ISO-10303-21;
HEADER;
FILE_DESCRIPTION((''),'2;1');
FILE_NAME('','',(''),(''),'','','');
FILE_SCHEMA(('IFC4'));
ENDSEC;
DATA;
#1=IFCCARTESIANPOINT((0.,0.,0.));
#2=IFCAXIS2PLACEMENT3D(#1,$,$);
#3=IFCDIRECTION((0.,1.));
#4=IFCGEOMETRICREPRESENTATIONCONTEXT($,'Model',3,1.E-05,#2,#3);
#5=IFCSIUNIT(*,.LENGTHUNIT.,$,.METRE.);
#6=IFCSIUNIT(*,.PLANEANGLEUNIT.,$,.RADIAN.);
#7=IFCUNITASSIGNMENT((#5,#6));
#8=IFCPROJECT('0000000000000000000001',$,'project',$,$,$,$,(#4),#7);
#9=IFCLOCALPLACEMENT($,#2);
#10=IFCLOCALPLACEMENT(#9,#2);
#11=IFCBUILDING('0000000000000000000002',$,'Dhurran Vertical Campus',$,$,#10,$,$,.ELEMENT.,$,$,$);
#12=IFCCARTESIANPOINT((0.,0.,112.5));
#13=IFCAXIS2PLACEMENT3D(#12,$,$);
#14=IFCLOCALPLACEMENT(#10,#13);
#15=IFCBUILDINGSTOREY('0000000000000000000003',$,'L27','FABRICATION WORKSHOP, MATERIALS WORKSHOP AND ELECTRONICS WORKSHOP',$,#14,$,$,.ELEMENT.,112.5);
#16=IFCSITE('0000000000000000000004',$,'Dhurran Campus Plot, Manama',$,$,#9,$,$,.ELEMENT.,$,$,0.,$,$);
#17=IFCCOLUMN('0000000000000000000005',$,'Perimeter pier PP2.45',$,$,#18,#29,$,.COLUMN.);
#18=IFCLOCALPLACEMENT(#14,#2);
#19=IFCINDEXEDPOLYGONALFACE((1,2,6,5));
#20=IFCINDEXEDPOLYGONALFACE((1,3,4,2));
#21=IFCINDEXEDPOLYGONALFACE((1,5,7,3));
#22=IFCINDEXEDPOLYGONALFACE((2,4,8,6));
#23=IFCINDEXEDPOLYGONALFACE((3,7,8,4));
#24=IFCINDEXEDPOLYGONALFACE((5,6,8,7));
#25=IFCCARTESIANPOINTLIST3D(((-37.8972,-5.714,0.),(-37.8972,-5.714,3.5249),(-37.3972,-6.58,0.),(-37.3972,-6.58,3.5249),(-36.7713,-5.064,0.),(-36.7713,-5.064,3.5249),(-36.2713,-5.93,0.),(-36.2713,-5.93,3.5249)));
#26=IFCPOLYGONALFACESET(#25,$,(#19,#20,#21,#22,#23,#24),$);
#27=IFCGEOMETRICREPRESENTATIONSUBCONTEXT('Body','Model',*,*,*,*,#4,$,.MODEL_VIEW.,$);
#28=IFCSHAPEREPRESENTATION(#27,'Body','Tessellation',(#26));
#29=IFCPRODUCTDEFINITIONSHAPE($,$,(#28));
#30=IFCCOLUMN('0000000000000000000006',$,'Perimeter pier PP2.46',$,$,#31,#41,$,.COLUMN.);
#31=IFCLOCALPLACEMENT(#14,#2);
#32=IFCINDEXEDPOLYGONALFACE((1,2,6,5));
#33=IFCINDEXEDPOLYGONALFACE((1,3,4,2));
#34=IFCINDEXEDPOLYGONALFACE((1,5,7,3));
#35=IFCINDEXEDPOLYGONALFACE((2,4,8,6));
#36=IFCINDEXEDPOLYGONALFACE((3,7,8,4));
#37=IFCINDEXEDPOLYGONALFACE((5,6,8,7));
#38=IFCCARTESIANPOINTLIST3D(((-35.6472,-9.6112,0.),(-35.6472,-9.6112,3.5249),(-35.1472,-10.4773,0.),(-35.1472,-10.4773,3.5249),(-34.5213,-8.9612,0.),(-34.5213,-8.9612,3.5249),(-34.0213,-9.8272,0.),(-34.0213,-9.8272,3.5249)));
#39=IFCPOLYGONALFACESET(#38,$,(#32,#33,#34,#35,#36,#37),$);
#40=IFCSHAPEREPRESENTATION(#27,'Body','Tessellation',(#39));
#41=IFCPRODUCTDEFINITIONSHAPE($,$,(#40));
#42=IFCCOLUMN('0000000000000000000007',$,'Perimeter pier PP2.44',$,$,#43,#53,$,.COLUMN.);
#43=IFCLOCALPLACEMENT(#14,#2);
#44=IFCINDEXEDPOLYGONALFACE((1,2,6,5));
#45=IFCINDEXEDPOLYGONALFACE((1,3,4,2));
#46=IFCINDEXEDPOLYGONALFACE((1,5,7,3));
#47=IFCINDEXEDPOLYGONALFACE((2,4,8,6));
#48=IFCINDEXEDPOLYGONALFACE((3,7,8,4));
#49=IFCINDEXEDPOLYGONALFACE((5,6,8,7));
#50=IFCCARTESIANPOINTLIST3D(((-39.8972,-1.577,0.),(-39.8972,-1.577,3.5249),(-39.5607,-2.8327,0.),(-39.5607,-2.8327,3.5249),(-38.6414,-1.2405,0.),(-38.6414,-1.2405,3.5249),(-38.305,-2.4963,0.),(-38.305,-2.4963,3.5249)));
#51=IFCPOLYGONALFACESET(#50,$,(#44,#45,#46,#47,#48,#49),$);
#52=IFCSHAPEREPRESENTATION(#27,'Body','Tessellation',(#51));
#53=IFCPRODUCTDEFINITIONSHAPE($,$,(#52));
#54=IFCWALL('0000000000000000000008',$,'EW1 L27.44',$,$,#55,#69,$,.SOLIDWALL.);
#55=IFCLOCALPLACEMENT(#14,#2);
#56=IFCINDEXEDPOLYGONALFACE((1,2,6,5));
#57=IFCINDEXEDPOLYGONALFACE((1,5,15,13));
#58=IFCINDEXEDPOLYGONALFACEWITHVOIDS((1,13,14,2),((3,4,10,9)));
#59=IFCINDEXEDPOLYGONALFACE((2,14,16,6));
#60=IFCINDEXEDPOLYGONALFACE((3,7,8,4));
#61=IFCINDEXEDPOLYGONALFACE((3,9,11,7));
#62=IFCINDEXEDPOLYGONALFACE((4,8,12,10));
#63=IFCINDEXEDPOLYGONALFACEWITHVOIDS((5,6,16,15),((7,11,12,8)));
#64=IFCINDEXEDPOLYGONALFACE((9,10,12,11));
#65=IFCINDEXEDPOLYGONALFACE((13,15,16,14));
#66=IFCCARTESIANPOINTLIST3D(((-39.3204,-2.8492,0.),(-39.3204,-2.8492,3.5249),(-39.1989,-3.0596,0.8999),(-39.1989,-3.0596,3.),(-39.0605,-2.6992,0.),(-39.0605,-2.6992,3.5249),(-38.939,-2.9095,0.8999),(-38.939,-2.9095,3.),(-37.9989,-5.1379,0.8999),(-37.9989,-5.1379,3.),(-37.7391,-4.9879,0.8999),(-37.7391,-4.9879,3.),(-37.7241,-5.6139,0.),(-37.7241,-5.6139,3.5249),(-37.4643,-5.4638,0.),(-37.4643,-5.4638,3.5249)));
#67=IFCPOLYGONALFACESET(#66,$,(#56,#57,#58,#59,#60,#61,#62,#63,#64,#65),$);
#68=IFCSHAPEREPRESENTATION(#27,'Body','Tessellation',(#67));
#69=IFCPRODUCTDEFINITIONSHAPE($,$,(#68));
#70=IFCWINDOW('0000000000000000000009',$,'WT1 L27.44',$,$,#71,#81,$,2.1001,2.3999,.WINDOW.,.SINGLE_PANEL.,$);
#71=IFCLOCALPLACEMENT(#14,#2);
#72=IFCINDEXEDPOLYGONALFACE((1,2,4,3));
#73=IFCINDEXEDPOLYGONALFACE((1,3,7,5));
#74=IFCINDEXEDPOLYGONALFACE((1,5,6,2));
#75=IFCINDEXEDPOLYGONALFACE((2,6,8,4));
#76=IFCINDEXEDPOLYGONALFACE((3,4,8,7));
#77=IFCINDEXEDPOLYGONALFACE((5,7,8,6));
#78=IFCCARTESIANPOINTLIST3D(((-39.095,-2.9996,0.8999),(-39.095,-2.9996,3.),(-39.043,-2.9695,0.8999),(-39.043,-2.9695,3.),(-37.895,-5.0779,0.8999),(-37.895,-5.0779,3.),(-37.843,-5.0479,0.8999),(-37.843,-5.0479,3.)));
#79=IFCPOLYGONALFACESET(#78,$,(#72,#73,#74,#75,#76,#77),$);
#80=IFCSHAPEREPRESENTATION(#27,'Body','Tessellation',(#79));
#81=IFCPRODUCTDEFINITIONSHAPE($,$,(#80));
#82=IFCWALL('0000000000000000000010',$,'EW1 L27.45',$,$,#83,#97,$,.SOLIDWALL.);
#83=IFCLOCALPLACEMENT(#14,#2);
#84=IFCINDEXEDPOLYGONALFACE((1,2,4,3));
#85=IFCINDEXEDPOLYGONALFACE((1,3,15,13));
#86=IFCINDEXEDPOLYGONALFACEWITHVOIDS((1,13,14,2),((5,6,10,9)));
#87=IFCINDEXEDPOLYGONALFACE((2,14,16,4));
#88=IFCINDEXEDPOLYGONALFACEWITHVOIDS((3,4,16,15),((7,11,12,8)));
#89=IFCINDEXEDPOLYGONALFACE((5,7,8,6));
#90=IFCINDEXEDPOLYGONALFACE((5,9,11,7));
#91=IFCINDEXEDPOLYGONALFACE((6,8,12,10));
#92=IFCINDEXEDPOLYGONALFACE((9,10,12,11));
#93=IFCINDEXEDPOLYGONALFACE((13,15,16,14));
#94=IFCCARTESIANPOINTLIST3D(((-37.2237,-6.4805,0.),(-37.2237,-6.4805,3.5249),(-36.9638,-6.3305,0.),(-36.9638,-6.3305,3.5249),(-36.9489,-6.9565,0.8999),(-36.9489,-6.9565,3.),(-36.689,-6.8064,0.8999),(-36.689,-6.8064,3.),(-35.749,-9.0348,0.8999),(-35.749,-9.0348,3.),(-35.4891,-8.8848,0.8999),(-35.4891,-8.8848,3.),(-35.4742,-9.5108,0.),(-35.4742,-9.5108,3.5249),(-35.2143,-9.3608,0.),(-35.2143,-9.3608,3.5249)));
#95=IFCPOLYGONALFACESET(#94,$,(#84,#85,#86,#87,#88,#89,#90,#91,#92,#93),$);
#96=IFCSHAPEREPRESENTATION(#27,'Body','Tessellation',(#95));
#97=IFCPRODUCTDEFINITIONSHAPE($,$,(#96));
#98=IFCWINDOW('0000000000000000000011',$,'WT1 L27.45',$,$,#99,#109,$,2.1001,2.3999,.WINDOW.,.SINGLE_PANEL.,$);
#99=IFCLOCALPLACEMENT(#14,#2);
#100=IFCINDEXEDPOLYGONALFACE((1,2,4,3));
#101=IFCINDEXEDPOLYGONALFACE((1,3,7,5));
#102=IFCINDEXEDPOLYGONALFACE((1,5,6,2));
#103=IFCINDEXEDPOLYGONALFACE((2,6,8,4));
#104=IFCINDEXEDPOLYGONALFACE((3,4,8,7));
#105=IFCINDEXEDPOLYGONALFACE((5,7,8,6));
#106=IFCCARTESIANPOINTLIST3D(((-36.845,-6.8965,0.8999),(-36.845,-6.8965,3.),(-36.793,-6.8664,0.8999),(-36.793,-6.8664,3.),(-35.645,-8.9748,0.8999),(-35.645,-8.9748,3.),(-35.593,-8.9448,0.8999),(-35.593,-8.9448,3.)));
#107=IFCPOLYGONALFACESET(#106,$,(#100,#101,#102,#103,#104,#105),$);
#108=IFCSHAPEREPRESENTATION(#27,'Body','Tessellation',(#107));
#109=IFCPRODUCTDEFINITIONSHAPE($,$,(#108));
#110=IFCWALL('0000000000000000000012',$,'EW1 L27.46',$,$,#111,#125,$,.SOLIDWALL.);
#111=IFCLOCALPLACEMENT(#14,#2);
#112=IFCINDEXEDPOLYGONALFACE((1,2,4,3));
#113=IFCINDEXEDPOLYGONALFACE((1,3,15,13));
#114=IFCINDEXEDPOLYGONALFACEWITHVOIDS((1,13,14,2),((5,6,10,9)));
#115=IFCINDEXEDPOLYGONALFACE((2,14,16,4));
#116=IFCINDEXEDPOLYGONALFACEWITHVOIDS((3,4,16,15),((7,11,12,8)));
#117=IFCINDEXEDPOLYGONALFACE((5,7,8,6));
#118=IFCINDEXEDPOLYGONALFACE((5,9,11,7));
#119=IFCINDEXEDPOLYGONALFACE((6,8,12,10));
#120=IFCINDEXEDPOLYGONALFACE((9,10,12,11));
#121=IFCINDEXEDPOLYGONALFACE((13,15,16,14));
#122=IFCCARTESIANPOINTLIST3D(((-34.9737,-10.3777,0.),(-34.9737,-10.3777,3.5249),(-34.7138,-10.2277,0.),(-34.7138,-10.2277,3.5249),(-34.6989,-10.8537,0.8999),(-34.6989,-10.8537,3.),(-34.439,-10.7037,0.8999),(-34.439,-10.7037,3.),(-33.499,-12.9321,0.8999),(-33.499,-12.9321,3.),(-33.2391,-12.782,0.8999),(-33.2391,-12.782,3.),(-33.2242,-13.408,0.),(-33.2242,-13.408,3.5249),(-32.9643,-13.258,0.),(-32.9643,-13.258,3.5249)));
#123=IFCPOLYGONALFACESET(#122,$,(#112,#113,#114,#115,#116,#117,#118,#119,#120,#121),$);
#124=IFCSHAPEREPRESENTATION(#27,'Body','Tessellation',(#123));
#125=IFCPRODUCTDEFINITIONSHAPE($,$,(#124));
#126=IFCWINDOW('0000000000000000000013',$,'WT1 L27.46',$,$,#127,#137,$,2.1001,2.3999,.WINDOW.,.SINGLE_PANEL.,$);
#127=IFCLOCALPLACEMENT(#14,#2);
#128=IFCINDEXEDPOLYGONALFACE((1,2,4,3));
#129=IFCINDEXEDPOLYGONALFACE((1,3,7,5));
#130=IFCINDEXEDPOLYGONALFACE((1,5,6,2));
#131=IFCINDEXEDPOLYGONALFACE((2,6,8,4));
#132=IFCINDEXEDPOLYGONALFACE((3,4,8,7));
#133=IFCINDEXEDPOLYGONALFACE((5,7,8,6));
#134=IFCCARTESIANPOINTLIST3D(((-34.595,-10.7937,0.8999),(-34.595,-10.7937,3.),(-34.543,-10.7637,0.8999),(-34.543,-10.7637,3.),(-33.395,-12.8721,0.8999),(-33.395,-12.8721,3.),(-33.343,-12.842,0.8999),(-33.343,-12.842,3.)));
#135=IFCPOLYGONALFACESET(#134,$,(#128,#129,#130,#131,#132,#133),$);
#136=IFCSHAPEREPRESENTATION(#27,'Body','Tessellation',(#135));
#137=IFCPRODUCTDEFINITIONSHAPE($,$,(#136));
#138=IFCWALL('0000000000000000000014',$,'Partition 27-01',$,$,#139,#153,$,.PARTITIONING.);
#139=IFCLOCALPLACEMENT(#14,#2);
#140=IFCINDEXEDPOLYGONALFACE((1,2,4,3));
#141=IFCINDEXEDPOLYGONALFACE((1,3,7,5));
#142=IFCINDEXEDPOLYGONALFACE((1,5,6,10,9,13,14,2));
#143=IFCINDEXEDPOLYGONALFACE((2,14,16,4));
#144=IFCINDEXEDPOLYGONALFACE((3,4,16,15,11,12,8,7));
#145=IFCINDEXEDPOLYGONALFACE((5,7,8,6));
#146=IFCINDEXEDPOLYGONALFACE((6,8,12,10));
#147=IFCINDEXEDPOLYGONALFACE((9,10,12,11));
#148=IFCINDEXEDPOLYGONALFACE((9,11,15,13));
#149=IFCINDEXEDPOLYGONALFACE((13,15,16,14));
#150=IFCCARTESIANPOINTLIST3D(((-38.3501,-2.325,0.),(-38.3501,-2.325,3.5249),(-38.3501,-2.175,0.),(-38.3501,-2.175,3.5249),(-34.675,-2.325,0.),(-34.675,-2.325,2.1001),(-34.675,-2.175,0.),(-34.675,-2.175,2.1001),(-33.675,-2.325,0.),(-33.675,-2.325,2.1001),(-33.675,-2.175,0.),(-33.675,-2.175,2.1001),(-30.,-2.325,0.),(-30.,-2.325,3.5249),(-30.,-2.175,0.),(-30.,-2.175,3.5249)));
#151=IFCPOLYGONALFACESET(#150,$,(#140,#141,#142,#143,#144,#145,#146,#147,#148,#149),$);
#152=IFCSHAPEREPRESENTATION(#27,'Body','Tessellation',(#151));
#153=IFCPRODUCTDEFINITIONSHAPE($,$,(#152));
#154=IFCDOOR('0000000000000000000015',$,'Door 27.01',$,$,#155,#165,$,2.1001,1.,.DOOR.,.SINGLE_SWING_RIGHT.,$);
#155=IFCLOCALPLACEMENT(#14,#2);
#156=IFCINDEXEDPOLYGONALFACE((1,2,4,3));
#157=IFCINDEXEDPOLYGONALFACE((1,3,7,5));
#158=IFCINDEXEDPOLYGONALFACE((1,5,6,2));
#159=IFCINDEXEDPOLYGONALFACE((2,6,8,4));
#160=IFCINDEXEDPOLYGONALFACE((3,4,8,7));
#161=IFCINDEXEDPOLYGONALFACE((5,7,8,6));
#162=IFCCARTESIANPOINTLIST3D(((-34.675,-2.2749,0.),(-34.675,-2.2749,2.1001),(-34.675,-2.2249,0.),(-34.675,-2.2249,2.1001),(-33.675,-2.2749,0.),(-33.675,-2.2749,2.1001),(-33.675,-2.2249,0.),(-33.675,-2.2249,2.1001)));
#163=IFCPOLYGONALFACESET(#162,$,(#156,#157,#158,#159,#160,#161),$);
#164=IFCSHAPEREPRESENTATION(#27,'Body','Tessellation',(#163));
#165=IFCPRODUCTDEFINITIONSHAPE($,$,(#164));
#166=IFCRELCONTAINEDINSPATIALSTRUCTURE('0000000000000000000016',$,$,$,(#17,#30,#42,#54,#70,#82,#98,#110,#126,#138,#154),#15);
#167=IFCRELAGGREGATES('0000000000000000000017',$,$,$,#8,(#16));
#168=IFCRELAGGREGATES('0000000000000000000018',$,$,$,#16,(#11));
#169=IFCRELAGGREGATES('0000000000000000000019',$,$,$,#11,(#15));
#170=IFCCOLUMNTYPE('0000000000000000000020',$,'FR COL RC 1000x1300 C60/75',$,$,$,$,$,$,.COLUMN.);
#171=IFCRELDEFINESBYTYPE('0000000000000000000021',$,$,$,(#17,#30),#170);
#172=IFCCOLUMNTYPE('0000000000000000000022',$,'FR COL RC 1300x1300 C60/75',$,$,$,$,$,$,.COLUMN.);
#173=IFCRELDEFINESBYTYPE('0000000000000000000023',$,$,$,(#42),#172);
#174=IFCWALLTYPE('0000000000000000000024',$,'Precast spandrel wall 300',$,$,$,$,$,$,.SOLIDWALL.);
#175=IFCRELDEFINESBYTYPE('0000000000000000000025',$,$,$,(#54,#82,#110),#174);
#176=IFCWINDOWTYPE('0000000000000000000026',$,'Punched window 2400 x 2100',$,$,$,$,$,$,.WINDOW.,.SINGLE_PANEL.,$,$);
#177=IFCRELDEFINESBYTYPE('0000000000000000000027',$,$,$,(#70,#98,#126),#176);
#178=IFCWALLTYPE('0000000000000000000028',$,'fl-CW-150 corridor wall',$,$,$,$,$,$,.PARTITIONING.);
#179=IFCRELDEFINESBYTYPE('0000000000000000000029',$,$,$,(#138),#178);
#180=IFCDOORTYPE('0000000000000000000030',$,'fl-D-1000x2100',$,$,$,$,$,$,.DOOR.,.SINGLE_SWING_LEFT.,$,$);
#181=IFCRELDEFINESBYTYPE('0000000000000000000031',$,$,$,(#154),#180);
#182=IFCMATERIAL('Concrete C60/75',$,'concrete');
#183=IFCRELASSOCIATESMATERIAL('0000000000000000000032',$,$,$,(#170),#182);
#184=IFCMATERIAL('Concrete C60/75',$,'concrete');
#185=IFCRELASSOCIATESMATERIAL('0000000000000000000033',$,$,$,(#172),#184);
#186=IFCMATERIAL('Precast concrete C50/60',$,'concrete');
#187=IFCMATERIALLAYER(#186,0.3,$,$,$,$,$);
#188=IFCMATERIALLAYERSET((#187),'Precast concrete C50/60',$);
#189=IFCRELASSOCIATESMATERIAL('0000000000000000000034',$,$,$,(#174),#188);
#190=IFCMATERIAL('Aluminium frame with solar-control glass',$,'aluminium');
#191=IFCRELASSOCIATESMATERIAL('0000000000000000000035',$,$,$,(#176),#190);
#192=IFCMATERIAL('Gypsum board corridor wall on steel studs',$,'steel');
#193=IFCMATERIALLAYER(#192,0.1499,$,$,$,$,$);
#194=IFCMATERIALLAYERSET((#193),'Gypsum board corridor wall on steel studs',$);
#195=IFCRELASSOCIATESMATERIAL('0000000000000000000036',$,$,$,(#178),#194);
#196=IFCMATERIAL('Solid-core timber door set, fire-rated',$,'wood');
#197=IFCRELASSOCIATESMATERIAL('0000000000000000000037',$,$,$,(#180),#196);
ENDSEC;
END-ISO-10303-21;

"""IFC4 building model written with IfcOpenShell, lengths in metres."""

from ifc_helpers import new_model, si_unit, direction, frame, frame_2d, origin, origin_2d, place, context, subcontext, project, spatial, rectangle, extrude, material, layer, layer_set, material_profile, profile_set, type_object, element, fill, save


model = new_model("IFC4")

# Units and contexts
model_context = context("Model", 3, precision=1e-05, world=origin(), true_north=direction((0.0, 1.0)))
body_context = subcontext(model_context, "Body", "Model", "MODEL_VIEW")
ifc_project = project(units=[si_unit("LENGTHUNIT", "METRE"), si_unit("PLANEANGLEUNIT", "RADIAN")], contexts=[model_context])

# Site, building, storey
site_placement = place(None, origin())
site = spatial("IfcSite", under=ifc_project, at=site_placement, Name="Dhurran Campus Plot, Manama", CompositionType="ELEMENT", RefElevation=0.0)
building_placement = place(site_placement, origin())
building = spatial("IfcBuilding", under=site, at=building_placement, Name="Dhurran Vertical Campus", CompositionType="ELEMENT")
storey_placement = place(building_placement, frame((0.0, 0.0, 112.5)))
storey = spatial("IfcBuildingStorey", under=building, at=storey_placement, Name="L27", Description="FABRICATION WORKSHOP, MATERIALS WORKSHOP AND ELECTRONICS WORKSHOP", CompositionType="ELEMENT", Elevation=112.5)

# Columns
ifc_material_1 = material(Name="Concrete C60/75", Category="concrete")
ifc_material_profile_1 = material_profile(ifc_material_1, rectangle(XDim=1.0, YDim=1.3, at=origin_2d()), Name="RC 1000x1300")
ifc_profile_set_1 = profile_set([ifc_material_profile_1], Name="Concrete C60/75")
column_type_1 = type_object("IfcColumnType", Name="FR COL RC 1000x1300 C60/75", PredefinedType="COLUMN", material=ifc_profile_set_1)
for number, where, z_axis, x_axis, name in (
    (1, (-37.0842, -5.822, 0.0), (0.0, 0.0, 1.0), (0.5, -0.866025, 0.0), "Perimeter pier PP2.45"),
    (2, (-34.8342, -9.7192, 0.0), (0.0, 0.0, 1.0), (0.5, -0.866025, 0.0), "Perimeter pier PP2.46"),
):
    element("IfcColumn", number, at=place(storey_placement, frame(where, z_axis=z_axis, x_axis=x_axis)), inside=storey, type_object=column_type_1, Name=name, PredefinedType="COLUMN", context=body_context, shape_type="SweptSolid", body=[
        extrude(rectangle(XDim=1.0, YDim=1.3, at=origin_2d()), origin(), (0.0, 0.0, 1.0), 3.5249),
    ])
ifc_material_2 = material(Name="Concrete C60/75", Category="concrete")
ifc_material_profile_2 = material_profile(ifc_material_2, rectangle(XDim=1.3, YDim=1.3, at=origin_2d()), Name="RC 1300x1300")
ifc_profile_set_2 = profile_set([ifc_material_profile_2], Name="Concrete C60/75")
column_type_2 = type_object("IfcColumnType", Name="FR COL RC 1300x1300 C60/75", PredefinedType="COLUMN", material=ifc_profile_set_2)
column_placement = place(storey_placement, frame((-39.1011, -2.0366, 0.0), z_axis=(0.0, 0.0, 1.0), x_axis=(0.258819, -0.965926, 0.0)))
element("IfcColumn", 3, at=column_placement, inside=storey, type_object=column_type_2, Name="Perimeter pier PP2.44", PredefinedType="COLUMN", context=body_context, shape_type="SweptSolid", body=[
    extrude(rectangle(XDim=1.3, YDim=1.3, at=origin_2d()), origin(), (0.0, 0.0, 1.0), 3.5249),
])

# Walls, openings, windows
ifc_material_3 = material(Name="Precast concrete C50/60", Category="concrete")
ifc_layer_1 = layer(ifc_material_3, 0.3)
ifc_layer_set_1 = layer_set([ifc_layer_1], Name="Precast concrete C50/60")
wall_type_1 = type_object("IfcWallType", Name="Precast spandrel wall 300", PredefinedType="SOLIDWALL", material=ifc_layer_set_1)
wall_1_placement = place(storey_placement, frame((-39.1904, -2.7742, 0.0), z_axis=(0.0, 0.0, 1.0), x_axis=(0.500005, -0.866023, 0.0)))
wall_1 = element("IfcWall", 4, at=wall_1_placement, inside=storey, type_object=wall_type_1, Name="EW1 L27.44", PredefinedType="SOLIDWALL", context=body_context, shape_type="SweptSolid", body=[
    extrude(rectangle(XDim=3.1924, YDim=0.3, at=frame_2d((1.5962, 0.0))), origin(), (0.0, 0.0, 1.0), 3.5249),
])
opening_1_placement = place(wall_1_placement, frame((0.2429, 0.0, 0.8999)))
opening_1 = element("IfcOpeningElement", 5, at=opening_1_placement, cuts=wall_1, PredefinedType="OPENING", context=body_context, shape_type="SweptSolid", body=[
    extrude(rectangle(XDim=2.3999, YDim=2.1001, at=frame_2d((1.2, 1.05))), frame((0.0, 0.1599, 0.0), z_axis=(0.0, -1.0, 0.0), x_axis=(1.0, 0.0, 0.0)), (0.0, 0.0, 1.0), 0.3201),
])
ifc_material_4 = material(Name="Aluminium frame with solar-control glass", Category="aluminium")
window_type = type_object("IfcWindowType", Name="Punched window 2400 x 2100", PartitioningType="SINGLE_PANEL", PredefinedType="WINDOW", material=ifc_material_4)
window_1_placement = place(opening_1_placement, origin())
window_1 = element("IfcWindow", 6, at=window_1_placement, inside=storey, type_object=window_type, Name="WT1 L27.44", OverallHeight=2.1001, OverallWidth=2.3999, PartitioningType="SINGLE_PANEL", PredefinedType="WINDOW", context=body_context, shape_type="SweptSolid", body=[
    extrude(rectangle(XDim=2.3999, YDim=2.1001, at=frame_2d((1.2, 1.05))), frame((0.0, 0.03, 0.0), z_axis=(0.0, -1.0, 0.0), x_axis=(1.0, 0.0, 0.0)), (0.0, 0.0, 1.0), 0.0601),
])
fill(opening_1, window_1)
wall_2_placement = place(storey_placement, frame((-37.0938, -6.4055, 0.0), z_axis=(0.0, 0.0, 1.0), x_axis=(0.499996, -0.866028, 0.0)))
wall_2 = element("IfcWall", 7, at=wall_2_placement, inside=storey, type_object=wall_type_1, Name="EW1 L27.45", PredefinedType="SOLIDWALL", context=body_context, shape_type="SweptSolid", body=[
    extrude(rectangle(XDim=3.499, YDim=0.3, at=frame_2d((1.7495, 0.0))), origin(), (0.0, 0.0, 1.0), 3.5249),
])
opening_2_placement = place(wall_2_placement, frame((0.5496, 0.0, 0.8999)))
opening_2 = element("IfcOpeningElement", 8, at=opening_2_placement, cuts=wall_2, PredefinedType="OPENING", context=body_context, shape_type="SweptSolid", body=[
    extrude(rectangle(XDim=2.3999, YDim=2.1001, at=frame_2d((1.2, 1.05))), frame((0.0, 0.1599, 0.0), z_axis=(0.0, -1.0, 0.0), x_axis=(1.0, 0.0, 0.0)), (0.0, 0.0, 1.0), 0.3201),
])
window_2_placement = place(opening_2_placement, origin())
window_2 = element("IfcWindow", 9, at=window_2_placement, inside=storey, type_object=window_type, Name="WT1 L27.45", OverallHeight=2.1001, OverallWidth=2.3999, PartitioningType="SINGLE_PANEL", PredefinedType="WINDOW", context=body_context, shape_type="SweptSolid", body=[
    extrude(rectangle(XDim=2.3999, YDim=2.1001, at=frame_2d((1.2, 1.05))), frame((0.0, 0.03, 0.0), z_axis=(0.0, -1.0, 0.0), x_axis=(1.0, 0.0, 0.0)), (0.0, 0.0, 1.0), 0.0601),
])
fill(opening_2, window_2)
wall_3_placement = place(storey_placement, frame((-34.8438, -10.3027, 0.0), z_axis=(0.0, 0.0, 1.0), x_axis=(0.499996, -0.866028, 0.0)))
wall_3 = element("IfcWall", 10, at=wall_3_placement, inside=storey, type_object=wall_type_1, Name="EW1 L27.46", PredefinedType="SOLIDWALL", context=body_context, shape_type="SweptSolid", body=[
    extrude(rectangle(XDim=3.499, YDim=0.3, at=frame_2d((1.7495, 0.0))), origin(), (0.0, 0.0, 1.0), 3.5249),
])
opening_3_placement = place(wall_3_placement, frame((0.5496, 0.0, 0.8999)))
opening_3 = element("IfcOpeningElement", 11, at=opening_3_placement, cuts=wall_3, PredefinedType="OPENING", context=body_context, shape_type="SweptSolid", body=[
    extrude(rectangle(XDim=2.3999, YDim=2.1001, at=frame_2d((1.2, 1.05))), frame((0.0, 0.1599, 0.0), z_axis=(0.0, -1.0, 0.0), x_axis=(1.0, 0.0, 0.0)), (0.0, 0.0, 1.0), 0.3201),
])
window_3_placement = place(opening_3_placement, origin())
window_3 = element("IfcWindow", 12, at=window_3_placement, inside=storey, type_object=window_type, Name="WT1 L27.46", OverallHeight=2.1001, OverallWidth=2.3999, PartitioningType="SINGLE_PANEL", PredefinedType="WINDOW", context=body_context, shape_type="SweptSolid", body=[
    extrude(rectangle(XDim=2.3999, YDim=2.1001, at=frame_2d((1.2, 1.05))), frame((0.0, 0.03, 0.0), z_axis=(0.0, -1.0, 0.0), x_axis=(1.0, 0.0, 0.0)), (0.0, 0.0, 1.0), 0.0601),
])
fill(opening_3, window_3)

# Wall, opening, door
ifc_material_5 = material(Name="Gypsum board corridor wall on steel studs", Category="steel")
ifc_layer_2 = layer(ifc_material_5, 0.1499)
ifc_layer_set_2 = layer_set([ifc_layer_2], Name="Gypsum board corridor wall on steel studs")
wall_type_2 = type_object("IfcWallType", Name="fl-CW-150 corridor wall", PredefinedType="PARTITIONING", material=ifc_layer_set_2)
wall_4_placement = place(storey_placement, frame((-30.0, -2.25, 0.0), z_axis=(0.0, 0.0, 1.0), x_axis=(-1.0, 0.0, 0.0)))
wall_4 = element("IfcWall", 13, at=wall_4_placement, inside=storey, type_object=wall_type_2, Name="Partition 27-01", PredefinedType="PARTITIONING", context=body_context, shape_type="SweptSolid", body=[
    extrude(rectangle(XDim=8.3501, YDim=0.1499, at=frame_2d((4.175, 0.0))), origin(), (0.0, 0.0, 1.0), 3.5249),
])
opening_4_placement = place(wall_4_placement, frame((3.675, 0.0, 0.0)))
opening_4 = element("IfcOpeningElement", 14, at=opening_4_placement, cuts=wall_4, PredefinedType="OPENING", context=body_context, shape_type="SweptSolid", body=[
    extrude(rectangle(XDim=1.0, YDim=2.1001, at=frame_2d((0.5, 1.05))), frame((0.0, 0.085, 0.0), z_axis=(0.0, -1.0, 0.0), x_axis=(1.0, 0.0, 0.0)), (0.0, 0.0, 1.0), 0.1699),
])
ifc_material_6 = material(Name="Solid-core timber door set, fire-rated", Category="wood")
door_type = type_object("IfcDoorType", Name="fl-D-1000x2100", OperationType="SINGLE_SWING_LEFT", PredefinedType="DOOR", material=ifc_material_6)
door_placement = place(opening_4_placement, origin())
door = element("IfcDoor", 15, at=door_placement, inside=storey, type_object=door_type, Name="Door 27.01", OperationType="SINGLE_SWING_RIGHT", OverallHeight=2.1001, OverallWidth=1.0, PredefinedType="DOOR", context=body_context, shape_type="SweptSolid", body=[
    extrude(rectangle(XDim=1.0, YDim=2.1001, at=frame_2d((0.5, 1.05))), frame((0.0, 0.0249, 0.0), z_axis=(0.0, -1.0, 0.0), x_axis=(1.0, 0.0, 0.0)), (0.0, 0.0, 1.0), 0.05),
])
fill(opening_4, door)

save(model, "model.ifc")
